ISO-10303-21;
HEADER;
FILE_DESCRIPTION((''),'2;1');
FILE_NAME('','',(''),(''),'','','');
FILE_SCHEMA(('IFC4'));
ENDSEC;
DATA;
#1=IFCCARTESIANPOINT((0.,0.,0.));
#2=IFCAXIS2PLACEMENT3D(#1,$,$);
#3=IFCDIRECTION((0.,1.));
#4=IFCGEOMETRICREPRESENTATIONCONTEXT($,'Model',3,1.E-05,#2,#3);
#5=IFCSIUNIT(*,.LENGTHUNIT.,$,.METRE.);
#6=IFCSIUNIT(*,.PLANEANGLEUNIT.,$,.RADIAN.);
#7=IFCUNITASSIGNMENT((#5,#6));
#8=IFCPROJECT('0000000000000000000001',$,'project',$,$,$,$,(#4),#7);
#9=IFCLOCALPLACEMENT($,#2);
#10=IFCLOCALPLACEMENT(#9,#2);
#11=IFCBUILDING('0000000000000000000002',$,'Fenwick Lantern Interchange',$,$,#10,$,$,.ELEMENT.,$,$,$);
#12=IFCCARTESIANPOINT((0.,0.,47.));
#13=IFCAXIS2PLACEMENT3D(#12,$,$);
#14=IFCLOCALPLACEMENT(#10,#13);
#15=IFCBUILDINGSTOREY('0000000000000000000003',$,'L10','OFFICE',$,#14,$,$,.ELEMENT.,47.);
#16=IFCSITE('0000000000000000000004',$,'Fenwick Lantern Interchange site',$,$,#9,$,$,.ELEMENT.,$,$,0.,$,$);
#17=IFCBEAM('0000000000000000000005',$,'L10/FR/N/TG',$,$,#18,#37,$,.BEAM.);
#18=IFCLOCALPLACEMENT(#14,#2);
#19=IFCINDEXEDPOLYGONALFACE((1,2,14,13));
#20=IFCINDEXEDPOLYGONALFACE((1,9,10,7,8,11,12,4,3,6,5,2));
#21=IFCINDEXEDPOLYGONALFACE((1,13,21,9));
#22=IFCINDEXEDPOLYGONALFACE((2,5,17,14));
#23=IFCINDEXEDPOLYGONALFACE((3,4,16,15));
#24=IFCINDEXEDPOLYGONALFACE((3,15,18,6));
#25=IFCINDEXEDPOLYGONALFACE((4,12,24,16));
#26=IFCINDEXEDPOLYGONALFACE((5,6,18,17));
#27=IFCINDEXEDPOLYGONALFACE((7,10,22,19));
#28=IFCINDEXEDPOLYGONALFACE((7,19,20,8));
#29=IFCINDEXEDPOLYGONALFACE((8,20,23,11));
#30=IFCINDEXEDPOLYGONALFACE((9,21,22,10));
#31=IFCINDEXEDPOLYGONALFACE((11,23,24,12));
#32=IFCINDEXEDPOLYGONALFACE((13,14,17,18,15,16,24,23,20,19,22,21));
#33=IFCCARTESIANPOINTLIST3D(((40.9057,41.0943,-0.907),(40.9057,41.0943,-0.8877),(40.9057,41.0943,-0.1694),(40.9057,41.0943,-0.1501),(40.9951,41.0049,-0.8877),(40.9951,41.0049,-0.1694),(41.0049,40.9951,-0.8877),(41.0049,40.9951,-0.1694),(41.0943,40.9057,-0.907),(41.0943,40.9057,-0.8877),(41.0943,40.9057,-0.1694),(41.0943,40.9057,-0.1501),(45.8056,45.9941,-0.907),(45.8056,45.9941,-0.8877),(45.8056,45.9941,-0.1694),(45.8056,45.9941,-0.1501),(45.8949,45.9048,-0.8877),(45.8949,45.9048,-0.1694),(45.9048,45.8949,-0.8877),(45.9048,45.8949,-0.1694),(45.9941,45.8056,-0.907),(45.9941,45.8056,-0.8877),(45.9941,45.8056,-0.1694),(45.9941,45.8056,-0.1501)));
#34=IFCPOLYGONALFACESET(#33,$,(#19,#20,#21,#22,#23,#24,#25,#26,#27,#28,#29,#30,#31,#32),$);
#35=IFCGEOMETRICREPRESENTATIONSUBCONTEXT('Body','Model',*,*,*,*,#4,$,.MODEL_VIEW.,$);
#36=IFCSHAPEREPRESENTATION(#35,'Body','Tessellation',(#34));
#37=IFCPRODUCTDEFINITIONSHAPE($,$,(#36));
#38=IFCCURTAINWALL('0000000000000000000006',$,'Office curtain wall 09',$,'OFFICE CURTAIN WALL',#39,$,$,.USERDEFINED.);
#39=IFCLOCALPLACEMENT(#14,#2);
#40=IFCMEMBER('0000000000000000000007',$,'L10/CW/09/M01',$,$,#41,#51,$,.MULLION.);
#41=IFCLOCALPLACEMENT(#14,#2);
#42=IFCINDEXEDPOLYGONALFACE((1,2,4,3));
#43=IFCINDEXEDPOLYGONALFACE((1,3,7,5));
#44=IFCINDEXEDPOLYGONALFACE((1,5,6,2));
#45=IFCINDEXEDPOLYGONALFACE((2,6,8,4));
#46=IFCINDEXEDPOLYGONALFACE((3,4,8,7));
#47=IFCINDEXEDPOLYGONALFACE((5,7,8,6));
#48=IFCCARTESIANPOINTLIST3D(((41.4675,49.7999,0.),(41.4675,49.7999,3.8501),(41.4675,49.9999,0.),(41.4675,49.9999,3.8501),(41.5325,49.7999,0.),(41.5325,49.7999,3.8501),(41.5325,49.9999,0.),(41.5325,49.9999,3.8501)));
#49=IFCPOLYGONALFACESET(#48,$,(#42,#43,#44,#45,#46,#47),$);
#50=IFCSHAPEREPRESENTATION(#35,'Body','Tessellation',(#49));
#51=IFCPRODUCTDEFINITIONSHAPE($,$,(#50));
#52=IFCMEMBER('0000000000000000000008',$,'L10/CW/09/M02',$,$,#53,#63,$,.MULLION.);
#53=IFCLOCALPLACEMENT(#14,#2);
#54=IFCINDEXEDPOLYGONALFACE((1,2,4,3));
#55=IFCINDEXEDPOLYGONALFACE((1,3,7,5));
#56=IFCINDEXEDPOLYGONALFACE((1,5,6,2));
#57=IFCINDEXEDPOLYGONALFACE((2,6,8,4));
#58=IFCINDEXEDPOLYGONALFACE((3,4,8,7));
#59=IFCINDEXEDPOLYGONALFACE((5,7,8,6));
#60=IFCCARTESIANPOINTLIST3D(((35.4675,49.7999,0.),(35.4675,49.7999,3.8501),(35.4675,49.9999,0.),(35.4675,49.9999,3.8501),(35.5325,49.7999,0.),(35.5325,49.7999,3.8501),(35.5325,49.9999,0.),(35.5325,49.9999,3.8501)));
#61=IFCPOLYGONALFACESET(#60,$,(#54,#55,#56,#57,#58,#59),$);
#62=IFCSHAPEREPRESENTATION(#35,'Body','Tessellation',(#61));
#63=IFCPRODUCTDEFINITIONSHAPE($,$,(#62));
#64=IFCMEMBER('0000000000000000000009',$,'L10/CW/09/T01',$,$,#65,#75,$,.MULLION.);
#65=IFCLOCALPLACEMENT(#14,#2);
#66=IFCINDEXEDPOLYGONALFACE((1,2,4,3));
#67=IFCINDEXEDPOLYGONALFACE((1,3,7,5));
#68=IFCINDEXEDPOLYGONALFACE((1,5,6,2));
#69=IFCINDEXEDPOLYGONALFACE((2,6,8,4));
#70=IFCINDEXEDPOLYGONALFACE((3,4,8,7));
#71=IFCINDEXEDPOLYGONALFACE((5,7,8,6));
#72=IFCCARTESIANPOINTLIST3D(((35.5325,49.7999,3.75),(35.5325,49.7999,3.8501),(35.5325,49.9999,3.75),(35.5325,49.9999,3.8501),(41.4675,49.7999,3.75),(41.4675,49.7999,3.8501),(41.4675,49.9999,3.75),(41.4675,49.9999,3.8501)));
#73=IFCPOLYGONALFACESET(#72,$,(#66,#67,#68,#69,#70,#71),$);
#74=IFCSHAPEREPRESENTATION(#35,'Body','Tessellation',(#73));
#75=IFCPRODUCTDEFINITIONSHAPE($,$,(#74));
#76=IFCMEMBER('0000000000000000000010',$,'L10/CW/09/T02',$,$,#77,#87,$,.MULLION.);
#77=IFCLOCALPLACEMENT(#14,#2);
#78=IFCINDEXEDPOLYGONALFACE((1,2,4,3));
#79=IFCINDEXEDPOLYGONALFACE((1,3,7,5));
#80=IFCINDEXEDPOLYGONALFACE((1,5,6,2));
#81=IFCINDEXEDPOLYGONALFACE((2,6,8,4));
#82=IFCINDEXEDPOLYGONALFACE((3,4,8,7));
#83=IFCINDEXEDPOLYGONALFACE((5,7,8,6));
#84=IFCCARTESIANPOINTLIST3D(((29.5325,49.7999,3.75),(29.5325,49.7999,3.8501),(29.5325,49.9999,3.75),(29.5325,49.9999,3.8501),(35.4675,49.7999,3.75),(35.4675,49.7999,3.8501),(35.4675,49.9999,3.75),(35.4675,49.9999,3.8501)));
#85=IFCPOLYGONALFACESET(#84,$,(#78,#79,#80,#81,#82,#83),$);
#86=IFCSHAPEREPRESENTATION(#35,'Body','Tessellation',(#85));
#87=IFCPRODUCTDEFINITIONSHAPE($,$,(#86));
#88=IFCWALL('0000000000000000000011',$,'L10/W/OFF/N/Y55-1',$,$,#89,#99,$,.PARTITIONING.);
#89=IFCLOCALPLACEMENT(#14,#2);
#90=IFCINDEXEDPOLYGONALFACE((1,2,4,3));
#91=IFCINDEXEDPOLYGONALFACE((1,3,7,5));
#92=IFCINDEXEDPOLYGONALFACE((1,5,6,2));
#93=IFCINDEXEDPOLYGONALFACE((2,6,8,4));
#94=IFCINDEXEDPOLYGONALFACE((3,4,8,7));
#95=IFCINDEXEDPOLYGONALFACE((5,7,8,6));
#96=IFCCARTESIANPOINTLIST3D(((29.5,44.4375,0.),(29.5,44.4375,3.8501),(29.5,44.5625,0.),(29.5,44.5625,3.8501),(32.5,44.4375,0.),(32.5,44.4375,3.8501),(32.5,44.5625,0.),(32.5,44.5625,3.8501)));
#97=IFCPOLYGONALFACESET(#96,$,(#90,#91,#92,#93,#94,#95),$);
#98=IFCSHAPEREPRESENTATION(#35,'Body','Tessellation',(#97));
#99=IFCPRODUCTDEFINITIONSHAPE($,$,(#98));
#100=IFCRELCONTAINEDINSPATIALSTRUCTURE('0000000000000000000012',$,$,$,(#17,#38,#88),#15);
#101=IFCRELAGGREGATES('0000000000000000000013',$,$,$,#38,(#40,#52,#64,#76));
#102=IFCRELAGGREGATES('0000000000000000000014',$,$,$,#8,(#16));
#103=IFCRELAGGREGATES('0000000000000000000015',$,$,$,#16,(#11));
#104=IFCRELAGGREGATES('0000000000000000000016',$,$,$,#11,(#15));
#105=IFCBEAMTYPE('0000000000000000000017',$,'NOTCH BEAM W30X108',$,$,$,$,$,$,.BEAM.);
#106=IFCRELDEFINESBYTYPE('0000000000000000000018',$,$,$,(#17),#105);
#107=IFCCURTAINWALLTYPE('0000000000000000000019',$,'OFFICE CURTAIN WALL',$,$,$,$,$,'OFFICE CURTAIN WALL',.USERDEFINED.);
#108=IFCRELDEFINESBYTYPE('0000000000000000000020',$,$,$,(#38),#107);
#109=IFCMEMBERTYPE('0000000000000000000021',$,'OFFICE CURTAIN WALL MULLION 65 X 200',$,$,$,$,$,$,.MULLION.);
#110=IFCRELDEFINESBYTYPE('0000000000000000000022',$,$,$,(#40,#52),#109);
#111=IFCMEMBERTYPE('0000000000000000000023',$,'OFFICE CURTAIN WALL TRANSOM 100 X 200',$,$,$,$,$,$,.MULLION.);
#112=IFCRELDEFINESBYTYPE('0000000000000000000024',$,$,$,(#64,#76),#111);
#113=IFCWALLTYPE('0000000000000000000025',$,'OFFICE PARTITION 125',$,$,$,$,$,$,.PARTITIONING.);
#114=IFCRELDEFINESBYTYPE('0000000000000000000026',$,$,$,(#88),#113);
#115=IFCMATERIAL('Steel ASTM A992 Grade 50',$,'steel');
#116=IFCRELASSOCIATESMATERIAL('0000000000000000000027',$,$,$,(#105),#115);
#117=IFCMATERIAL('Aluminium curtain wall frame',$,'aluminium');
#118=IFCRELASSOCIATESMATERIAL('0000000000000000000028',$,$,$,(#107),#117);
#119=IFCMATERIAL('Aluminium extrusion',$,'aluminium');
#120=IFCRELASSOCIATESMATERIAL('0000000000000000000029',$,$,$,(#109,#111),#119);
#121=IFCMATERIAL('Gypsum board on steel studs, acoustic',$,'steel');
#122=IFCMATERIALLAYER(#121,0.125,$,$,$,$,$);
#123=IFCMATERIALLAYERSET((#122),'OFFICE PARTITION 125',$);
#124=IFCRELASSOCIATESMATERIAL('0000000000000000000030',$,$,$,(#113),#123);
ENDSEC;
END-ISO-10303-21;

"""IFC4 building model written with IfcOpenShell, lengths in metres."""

from ifc_helpers import new_model, si_unit, direction, frame, frame_2d, origin, origin_2d, place, context, subcontext, project, spatial, rectangle, i_section, extrude, material, layer, layer_set, material_profile, profile_set, type_object, element, aggregate, save


model = new_model("IFC4")

# Units and contexts
model_context = context("Model", 3, precision=1e-05, world=origin(), true_north=direction((0.0, 1.0)))
body_context = subcontext(model_context, "Body", "Model", "MODEL_VIEW")
ifc_project = project(units=[si_unit("LENGTHUNIT", "METRE"), si_unit("PLANEANGLEUNIT", "RADIAN")], contexts=[model_context])

# Site, building, storey
site_placement = place(None, origin())
site = spatial("IfcSite", under=ifc_project, at=site_placement, Name="Fenwick Lantern Interchange site", CompositionType="ELEMENT", RefElevation=0.0)
building_placement = place(site_placement, origin())
building = spatial("IfcBuilding", under=site, at=building_placement, Name="Fenwick Lantern Interchange", CompositionType="ELEMENT")
storey_placement = place(building_placement, frame((0.0, 0.0, 47.0)))
storey = spatial("IfcBuildingStorey", under=building, at=storey_placement, Name="L10", Description="OFFICE", CompositionType="ELEMENT", Elevation=47.0)

# Beam
ifc_material_1 = material(Name="Steel ASTM A992 Grade 50", Category="steel")
ifc_material_profile_1 = material_profile(ifc_material_1, i_section(OverallWidth=0.2666, OverallDepth=0.7568, WebThickness=0.0139, FlangeThickness=0.0193, at=origin_2d()), Name="W30X108")
ifc_profile_set_1 = profile_set([ifc_material_profile_1], Name="Steel ASTM A992 Grade 50")
beam_type_1 = type_object("IfcBeamType", Name="NOTCH BEAM W30X108", PredefinedType="BEAM", material=ifc_profile_set_1)
beam_1_placement = place(storey_placement, frame((41.0, 41.0, -0.5286), z_axis=(0.707107, 0.707107, 0.0), x_axis=(-0.707107, 0.707107, 0.0)))
element("IfcBeam", 1, at=beam_1_placement, inside=storey, type_object=beam_type_1, Name="L10/FR/N/TG", PredefinedType="BEAM", context=body_context, shape_type="SweptSolid", body=[
    extrude(i_section(OverallWidth=0.2666, OverallDepth=0.7568, WebThickness=0.0139, FlangeThickness=0.0193, at=origin_2d()), origin(), (0.0, 0.0, 1.0), 6.9294),
])

# Curtain wall, members
ifc_material_2 = material(Name="Aluminium curtain wall frame", Category="aluminium")
curtain_wall_type = type_object("IfcCurtainWallType", Name="OFFICE CURTAIN WALL", ElementType="OFFICE CURTAIN WALL", PredefinedType="USERDEFINED", material=ifc_material_2)
curtain_wall_placement = place(storey_placement, origin())
curtain_wall = element("IfcCurtainWall", 2, at=curtain_wall_placement, inside=storey, type_object=curtain_wall_type, Name="Office curtain wall 09", ObjectType="OFFICE CURTAIN WALL", PredefinedType="USERDEFINED")
ifc_material_3 = material(Name="Aluminium extrusion", Category="aluminium")
ifc_material_profile_2 = material_profile(ifc_material_3, rectangle(XDim=0.2, YDim=0.0649, at=origin_2d()), Name="OFFICE CURTAIN WALL MULLION 65 X 200")
ifc_profile_set_2 = profile_set([ifc_material_profile_2], Name="Aluminium extrusion")
member_type_1 = type_object("IfcMemberType", Name="OFFICE CURTAIN WALL MULLION 65 X 200", PredefinedType="MULLION", material=ifc_profile_set_2)
member_1_placement = place(storey_placement, frame((41.5, 49.8999, 0.0), z_axis=(0.0, 0.0, 1.0), x_axis=(0.0, -1.0, 0.0)))
member_1 = element("IfcMember", 3, at=member_1_placement, type_object=member_type_1, Name="L10/CW/09/M01", PredefinedType="MULLION", context=body_context, shape_type="SweptSolid", body=[
    extrude(rectangle(XDim=0.2, YDim=0.0649, at=origin_2d()), origin(), (0.0, 0.0, 1.0), 3.8501),
])
member_2_placement = place(storey_placement, frame((35.5, 49.8999, 0.0), z_axis=(0.0, 0.0, 1.0), x_axis=(0.0, -1.0, 0.0)))
member_2 = element("IfcMember", 4, at=member_2_placement, type_object=member_type_1, Name="L10/CW/09/M02", PredefinedType="MULLION", context=body_context, shape_type="SweptSolid", body=[
    extrude(rectangle(XDim=0.2, YDim=0.0649, at=origin_2d()), origin(), (0.0, 0.0, 1.0), 3.8501),
])
ifc_material_profile_3 = material_profile(ifc_material_3, rectangle(XDim=0.2, YDim=0.1001, at=origin_2d()), Name="OFFICE CURTAIN WALL TRANSOM 100 X 200")
ifc_profile_set_3 = profile_set([ifc_material_profile_3], Name="Aluminium extrusion")
member_type_2 = type_object("IfcMemberType", Name="OFFICE CURTAIN WALL TRANSOM 100 X 200", PredefinedType="MULLION", material=ifc_profile_set_3)
member_3_placement = place(storey_placement, frame((41.4675, 49.8999, 3.8), z_axis=(-1.0, 0.0, 0.0), x_axis=(0.0, -1.0, 0.0)))
member_3 = element("IfcMember", 5, at=member_3_placement, type_object=member_type_2, Name="L10/CW/09/T01", PredefinedType="MULLION", context=body_context, shape_type="SweptSolid", body=[
    extrude(rectangle(XDim=0.2, YDim=0.1001, at=origin_2d()), origin(), (0.0, 0.0, 1.0), 5.9351),
])
member_4_placement = place(storey_placement, frame((35.4675, 49.8999, 3.8), z_axis=(-1.0, 0.0, 0.0), x_axis=(0.0, -1.0, 0.0)))
member_4 = element("IfcMember", 6, at=member_4_placement, type_object=member_type_2, Name="L10/CW/09/T02", PredefinedType="MULLION", context=body_context, shape_type="SweptSolid", body=[
    extrude(rectangle(XDim=0.2, YDim=0.1001, at=origin_2d()), origin(), (0.0, 0.0, 1.0), 5.9351),
])
aggregate(curtain_wall, [member_1, member_2, member_3, member_4])

# Wall
ifc_material_4 = material(Name="Gypsum board on steel studs, acoustic", Category="steel")
ifc_layer = layer(ifc_material_4, 0.125)
ifc_layer_set = layer_set([ifc_layer], Name="OFFICE PARTITION 125")
wall_type = type_object("IfcWallType", Name="OFFICE PARTITION 125", PredefinedType="PARTITIONING", material=ifc_layer_set)
wall_placement = place(storey_placement, frame((32.5, 44.5, 0.0), z_axis=(0.0, 0.0, 1.0), x_axis=(-1.0, 0.0, 0.0)))
element("IfcWall", 7, at=wall_placement, inside=storey, type_object=wall_type, Name="L10/W/OFF/N/Y55-1", PredefinedType="PARTITIONING", context=body_context, shape_type="SweptSolid", body=[
    extrude(rectangle(XDim=3.0, YDim=0.125, at=frame_2d((1.5, 0.0))), origin(), (0.0, 0.0, 1.0), 3.8501),
])

save(model, "model.ifc")
